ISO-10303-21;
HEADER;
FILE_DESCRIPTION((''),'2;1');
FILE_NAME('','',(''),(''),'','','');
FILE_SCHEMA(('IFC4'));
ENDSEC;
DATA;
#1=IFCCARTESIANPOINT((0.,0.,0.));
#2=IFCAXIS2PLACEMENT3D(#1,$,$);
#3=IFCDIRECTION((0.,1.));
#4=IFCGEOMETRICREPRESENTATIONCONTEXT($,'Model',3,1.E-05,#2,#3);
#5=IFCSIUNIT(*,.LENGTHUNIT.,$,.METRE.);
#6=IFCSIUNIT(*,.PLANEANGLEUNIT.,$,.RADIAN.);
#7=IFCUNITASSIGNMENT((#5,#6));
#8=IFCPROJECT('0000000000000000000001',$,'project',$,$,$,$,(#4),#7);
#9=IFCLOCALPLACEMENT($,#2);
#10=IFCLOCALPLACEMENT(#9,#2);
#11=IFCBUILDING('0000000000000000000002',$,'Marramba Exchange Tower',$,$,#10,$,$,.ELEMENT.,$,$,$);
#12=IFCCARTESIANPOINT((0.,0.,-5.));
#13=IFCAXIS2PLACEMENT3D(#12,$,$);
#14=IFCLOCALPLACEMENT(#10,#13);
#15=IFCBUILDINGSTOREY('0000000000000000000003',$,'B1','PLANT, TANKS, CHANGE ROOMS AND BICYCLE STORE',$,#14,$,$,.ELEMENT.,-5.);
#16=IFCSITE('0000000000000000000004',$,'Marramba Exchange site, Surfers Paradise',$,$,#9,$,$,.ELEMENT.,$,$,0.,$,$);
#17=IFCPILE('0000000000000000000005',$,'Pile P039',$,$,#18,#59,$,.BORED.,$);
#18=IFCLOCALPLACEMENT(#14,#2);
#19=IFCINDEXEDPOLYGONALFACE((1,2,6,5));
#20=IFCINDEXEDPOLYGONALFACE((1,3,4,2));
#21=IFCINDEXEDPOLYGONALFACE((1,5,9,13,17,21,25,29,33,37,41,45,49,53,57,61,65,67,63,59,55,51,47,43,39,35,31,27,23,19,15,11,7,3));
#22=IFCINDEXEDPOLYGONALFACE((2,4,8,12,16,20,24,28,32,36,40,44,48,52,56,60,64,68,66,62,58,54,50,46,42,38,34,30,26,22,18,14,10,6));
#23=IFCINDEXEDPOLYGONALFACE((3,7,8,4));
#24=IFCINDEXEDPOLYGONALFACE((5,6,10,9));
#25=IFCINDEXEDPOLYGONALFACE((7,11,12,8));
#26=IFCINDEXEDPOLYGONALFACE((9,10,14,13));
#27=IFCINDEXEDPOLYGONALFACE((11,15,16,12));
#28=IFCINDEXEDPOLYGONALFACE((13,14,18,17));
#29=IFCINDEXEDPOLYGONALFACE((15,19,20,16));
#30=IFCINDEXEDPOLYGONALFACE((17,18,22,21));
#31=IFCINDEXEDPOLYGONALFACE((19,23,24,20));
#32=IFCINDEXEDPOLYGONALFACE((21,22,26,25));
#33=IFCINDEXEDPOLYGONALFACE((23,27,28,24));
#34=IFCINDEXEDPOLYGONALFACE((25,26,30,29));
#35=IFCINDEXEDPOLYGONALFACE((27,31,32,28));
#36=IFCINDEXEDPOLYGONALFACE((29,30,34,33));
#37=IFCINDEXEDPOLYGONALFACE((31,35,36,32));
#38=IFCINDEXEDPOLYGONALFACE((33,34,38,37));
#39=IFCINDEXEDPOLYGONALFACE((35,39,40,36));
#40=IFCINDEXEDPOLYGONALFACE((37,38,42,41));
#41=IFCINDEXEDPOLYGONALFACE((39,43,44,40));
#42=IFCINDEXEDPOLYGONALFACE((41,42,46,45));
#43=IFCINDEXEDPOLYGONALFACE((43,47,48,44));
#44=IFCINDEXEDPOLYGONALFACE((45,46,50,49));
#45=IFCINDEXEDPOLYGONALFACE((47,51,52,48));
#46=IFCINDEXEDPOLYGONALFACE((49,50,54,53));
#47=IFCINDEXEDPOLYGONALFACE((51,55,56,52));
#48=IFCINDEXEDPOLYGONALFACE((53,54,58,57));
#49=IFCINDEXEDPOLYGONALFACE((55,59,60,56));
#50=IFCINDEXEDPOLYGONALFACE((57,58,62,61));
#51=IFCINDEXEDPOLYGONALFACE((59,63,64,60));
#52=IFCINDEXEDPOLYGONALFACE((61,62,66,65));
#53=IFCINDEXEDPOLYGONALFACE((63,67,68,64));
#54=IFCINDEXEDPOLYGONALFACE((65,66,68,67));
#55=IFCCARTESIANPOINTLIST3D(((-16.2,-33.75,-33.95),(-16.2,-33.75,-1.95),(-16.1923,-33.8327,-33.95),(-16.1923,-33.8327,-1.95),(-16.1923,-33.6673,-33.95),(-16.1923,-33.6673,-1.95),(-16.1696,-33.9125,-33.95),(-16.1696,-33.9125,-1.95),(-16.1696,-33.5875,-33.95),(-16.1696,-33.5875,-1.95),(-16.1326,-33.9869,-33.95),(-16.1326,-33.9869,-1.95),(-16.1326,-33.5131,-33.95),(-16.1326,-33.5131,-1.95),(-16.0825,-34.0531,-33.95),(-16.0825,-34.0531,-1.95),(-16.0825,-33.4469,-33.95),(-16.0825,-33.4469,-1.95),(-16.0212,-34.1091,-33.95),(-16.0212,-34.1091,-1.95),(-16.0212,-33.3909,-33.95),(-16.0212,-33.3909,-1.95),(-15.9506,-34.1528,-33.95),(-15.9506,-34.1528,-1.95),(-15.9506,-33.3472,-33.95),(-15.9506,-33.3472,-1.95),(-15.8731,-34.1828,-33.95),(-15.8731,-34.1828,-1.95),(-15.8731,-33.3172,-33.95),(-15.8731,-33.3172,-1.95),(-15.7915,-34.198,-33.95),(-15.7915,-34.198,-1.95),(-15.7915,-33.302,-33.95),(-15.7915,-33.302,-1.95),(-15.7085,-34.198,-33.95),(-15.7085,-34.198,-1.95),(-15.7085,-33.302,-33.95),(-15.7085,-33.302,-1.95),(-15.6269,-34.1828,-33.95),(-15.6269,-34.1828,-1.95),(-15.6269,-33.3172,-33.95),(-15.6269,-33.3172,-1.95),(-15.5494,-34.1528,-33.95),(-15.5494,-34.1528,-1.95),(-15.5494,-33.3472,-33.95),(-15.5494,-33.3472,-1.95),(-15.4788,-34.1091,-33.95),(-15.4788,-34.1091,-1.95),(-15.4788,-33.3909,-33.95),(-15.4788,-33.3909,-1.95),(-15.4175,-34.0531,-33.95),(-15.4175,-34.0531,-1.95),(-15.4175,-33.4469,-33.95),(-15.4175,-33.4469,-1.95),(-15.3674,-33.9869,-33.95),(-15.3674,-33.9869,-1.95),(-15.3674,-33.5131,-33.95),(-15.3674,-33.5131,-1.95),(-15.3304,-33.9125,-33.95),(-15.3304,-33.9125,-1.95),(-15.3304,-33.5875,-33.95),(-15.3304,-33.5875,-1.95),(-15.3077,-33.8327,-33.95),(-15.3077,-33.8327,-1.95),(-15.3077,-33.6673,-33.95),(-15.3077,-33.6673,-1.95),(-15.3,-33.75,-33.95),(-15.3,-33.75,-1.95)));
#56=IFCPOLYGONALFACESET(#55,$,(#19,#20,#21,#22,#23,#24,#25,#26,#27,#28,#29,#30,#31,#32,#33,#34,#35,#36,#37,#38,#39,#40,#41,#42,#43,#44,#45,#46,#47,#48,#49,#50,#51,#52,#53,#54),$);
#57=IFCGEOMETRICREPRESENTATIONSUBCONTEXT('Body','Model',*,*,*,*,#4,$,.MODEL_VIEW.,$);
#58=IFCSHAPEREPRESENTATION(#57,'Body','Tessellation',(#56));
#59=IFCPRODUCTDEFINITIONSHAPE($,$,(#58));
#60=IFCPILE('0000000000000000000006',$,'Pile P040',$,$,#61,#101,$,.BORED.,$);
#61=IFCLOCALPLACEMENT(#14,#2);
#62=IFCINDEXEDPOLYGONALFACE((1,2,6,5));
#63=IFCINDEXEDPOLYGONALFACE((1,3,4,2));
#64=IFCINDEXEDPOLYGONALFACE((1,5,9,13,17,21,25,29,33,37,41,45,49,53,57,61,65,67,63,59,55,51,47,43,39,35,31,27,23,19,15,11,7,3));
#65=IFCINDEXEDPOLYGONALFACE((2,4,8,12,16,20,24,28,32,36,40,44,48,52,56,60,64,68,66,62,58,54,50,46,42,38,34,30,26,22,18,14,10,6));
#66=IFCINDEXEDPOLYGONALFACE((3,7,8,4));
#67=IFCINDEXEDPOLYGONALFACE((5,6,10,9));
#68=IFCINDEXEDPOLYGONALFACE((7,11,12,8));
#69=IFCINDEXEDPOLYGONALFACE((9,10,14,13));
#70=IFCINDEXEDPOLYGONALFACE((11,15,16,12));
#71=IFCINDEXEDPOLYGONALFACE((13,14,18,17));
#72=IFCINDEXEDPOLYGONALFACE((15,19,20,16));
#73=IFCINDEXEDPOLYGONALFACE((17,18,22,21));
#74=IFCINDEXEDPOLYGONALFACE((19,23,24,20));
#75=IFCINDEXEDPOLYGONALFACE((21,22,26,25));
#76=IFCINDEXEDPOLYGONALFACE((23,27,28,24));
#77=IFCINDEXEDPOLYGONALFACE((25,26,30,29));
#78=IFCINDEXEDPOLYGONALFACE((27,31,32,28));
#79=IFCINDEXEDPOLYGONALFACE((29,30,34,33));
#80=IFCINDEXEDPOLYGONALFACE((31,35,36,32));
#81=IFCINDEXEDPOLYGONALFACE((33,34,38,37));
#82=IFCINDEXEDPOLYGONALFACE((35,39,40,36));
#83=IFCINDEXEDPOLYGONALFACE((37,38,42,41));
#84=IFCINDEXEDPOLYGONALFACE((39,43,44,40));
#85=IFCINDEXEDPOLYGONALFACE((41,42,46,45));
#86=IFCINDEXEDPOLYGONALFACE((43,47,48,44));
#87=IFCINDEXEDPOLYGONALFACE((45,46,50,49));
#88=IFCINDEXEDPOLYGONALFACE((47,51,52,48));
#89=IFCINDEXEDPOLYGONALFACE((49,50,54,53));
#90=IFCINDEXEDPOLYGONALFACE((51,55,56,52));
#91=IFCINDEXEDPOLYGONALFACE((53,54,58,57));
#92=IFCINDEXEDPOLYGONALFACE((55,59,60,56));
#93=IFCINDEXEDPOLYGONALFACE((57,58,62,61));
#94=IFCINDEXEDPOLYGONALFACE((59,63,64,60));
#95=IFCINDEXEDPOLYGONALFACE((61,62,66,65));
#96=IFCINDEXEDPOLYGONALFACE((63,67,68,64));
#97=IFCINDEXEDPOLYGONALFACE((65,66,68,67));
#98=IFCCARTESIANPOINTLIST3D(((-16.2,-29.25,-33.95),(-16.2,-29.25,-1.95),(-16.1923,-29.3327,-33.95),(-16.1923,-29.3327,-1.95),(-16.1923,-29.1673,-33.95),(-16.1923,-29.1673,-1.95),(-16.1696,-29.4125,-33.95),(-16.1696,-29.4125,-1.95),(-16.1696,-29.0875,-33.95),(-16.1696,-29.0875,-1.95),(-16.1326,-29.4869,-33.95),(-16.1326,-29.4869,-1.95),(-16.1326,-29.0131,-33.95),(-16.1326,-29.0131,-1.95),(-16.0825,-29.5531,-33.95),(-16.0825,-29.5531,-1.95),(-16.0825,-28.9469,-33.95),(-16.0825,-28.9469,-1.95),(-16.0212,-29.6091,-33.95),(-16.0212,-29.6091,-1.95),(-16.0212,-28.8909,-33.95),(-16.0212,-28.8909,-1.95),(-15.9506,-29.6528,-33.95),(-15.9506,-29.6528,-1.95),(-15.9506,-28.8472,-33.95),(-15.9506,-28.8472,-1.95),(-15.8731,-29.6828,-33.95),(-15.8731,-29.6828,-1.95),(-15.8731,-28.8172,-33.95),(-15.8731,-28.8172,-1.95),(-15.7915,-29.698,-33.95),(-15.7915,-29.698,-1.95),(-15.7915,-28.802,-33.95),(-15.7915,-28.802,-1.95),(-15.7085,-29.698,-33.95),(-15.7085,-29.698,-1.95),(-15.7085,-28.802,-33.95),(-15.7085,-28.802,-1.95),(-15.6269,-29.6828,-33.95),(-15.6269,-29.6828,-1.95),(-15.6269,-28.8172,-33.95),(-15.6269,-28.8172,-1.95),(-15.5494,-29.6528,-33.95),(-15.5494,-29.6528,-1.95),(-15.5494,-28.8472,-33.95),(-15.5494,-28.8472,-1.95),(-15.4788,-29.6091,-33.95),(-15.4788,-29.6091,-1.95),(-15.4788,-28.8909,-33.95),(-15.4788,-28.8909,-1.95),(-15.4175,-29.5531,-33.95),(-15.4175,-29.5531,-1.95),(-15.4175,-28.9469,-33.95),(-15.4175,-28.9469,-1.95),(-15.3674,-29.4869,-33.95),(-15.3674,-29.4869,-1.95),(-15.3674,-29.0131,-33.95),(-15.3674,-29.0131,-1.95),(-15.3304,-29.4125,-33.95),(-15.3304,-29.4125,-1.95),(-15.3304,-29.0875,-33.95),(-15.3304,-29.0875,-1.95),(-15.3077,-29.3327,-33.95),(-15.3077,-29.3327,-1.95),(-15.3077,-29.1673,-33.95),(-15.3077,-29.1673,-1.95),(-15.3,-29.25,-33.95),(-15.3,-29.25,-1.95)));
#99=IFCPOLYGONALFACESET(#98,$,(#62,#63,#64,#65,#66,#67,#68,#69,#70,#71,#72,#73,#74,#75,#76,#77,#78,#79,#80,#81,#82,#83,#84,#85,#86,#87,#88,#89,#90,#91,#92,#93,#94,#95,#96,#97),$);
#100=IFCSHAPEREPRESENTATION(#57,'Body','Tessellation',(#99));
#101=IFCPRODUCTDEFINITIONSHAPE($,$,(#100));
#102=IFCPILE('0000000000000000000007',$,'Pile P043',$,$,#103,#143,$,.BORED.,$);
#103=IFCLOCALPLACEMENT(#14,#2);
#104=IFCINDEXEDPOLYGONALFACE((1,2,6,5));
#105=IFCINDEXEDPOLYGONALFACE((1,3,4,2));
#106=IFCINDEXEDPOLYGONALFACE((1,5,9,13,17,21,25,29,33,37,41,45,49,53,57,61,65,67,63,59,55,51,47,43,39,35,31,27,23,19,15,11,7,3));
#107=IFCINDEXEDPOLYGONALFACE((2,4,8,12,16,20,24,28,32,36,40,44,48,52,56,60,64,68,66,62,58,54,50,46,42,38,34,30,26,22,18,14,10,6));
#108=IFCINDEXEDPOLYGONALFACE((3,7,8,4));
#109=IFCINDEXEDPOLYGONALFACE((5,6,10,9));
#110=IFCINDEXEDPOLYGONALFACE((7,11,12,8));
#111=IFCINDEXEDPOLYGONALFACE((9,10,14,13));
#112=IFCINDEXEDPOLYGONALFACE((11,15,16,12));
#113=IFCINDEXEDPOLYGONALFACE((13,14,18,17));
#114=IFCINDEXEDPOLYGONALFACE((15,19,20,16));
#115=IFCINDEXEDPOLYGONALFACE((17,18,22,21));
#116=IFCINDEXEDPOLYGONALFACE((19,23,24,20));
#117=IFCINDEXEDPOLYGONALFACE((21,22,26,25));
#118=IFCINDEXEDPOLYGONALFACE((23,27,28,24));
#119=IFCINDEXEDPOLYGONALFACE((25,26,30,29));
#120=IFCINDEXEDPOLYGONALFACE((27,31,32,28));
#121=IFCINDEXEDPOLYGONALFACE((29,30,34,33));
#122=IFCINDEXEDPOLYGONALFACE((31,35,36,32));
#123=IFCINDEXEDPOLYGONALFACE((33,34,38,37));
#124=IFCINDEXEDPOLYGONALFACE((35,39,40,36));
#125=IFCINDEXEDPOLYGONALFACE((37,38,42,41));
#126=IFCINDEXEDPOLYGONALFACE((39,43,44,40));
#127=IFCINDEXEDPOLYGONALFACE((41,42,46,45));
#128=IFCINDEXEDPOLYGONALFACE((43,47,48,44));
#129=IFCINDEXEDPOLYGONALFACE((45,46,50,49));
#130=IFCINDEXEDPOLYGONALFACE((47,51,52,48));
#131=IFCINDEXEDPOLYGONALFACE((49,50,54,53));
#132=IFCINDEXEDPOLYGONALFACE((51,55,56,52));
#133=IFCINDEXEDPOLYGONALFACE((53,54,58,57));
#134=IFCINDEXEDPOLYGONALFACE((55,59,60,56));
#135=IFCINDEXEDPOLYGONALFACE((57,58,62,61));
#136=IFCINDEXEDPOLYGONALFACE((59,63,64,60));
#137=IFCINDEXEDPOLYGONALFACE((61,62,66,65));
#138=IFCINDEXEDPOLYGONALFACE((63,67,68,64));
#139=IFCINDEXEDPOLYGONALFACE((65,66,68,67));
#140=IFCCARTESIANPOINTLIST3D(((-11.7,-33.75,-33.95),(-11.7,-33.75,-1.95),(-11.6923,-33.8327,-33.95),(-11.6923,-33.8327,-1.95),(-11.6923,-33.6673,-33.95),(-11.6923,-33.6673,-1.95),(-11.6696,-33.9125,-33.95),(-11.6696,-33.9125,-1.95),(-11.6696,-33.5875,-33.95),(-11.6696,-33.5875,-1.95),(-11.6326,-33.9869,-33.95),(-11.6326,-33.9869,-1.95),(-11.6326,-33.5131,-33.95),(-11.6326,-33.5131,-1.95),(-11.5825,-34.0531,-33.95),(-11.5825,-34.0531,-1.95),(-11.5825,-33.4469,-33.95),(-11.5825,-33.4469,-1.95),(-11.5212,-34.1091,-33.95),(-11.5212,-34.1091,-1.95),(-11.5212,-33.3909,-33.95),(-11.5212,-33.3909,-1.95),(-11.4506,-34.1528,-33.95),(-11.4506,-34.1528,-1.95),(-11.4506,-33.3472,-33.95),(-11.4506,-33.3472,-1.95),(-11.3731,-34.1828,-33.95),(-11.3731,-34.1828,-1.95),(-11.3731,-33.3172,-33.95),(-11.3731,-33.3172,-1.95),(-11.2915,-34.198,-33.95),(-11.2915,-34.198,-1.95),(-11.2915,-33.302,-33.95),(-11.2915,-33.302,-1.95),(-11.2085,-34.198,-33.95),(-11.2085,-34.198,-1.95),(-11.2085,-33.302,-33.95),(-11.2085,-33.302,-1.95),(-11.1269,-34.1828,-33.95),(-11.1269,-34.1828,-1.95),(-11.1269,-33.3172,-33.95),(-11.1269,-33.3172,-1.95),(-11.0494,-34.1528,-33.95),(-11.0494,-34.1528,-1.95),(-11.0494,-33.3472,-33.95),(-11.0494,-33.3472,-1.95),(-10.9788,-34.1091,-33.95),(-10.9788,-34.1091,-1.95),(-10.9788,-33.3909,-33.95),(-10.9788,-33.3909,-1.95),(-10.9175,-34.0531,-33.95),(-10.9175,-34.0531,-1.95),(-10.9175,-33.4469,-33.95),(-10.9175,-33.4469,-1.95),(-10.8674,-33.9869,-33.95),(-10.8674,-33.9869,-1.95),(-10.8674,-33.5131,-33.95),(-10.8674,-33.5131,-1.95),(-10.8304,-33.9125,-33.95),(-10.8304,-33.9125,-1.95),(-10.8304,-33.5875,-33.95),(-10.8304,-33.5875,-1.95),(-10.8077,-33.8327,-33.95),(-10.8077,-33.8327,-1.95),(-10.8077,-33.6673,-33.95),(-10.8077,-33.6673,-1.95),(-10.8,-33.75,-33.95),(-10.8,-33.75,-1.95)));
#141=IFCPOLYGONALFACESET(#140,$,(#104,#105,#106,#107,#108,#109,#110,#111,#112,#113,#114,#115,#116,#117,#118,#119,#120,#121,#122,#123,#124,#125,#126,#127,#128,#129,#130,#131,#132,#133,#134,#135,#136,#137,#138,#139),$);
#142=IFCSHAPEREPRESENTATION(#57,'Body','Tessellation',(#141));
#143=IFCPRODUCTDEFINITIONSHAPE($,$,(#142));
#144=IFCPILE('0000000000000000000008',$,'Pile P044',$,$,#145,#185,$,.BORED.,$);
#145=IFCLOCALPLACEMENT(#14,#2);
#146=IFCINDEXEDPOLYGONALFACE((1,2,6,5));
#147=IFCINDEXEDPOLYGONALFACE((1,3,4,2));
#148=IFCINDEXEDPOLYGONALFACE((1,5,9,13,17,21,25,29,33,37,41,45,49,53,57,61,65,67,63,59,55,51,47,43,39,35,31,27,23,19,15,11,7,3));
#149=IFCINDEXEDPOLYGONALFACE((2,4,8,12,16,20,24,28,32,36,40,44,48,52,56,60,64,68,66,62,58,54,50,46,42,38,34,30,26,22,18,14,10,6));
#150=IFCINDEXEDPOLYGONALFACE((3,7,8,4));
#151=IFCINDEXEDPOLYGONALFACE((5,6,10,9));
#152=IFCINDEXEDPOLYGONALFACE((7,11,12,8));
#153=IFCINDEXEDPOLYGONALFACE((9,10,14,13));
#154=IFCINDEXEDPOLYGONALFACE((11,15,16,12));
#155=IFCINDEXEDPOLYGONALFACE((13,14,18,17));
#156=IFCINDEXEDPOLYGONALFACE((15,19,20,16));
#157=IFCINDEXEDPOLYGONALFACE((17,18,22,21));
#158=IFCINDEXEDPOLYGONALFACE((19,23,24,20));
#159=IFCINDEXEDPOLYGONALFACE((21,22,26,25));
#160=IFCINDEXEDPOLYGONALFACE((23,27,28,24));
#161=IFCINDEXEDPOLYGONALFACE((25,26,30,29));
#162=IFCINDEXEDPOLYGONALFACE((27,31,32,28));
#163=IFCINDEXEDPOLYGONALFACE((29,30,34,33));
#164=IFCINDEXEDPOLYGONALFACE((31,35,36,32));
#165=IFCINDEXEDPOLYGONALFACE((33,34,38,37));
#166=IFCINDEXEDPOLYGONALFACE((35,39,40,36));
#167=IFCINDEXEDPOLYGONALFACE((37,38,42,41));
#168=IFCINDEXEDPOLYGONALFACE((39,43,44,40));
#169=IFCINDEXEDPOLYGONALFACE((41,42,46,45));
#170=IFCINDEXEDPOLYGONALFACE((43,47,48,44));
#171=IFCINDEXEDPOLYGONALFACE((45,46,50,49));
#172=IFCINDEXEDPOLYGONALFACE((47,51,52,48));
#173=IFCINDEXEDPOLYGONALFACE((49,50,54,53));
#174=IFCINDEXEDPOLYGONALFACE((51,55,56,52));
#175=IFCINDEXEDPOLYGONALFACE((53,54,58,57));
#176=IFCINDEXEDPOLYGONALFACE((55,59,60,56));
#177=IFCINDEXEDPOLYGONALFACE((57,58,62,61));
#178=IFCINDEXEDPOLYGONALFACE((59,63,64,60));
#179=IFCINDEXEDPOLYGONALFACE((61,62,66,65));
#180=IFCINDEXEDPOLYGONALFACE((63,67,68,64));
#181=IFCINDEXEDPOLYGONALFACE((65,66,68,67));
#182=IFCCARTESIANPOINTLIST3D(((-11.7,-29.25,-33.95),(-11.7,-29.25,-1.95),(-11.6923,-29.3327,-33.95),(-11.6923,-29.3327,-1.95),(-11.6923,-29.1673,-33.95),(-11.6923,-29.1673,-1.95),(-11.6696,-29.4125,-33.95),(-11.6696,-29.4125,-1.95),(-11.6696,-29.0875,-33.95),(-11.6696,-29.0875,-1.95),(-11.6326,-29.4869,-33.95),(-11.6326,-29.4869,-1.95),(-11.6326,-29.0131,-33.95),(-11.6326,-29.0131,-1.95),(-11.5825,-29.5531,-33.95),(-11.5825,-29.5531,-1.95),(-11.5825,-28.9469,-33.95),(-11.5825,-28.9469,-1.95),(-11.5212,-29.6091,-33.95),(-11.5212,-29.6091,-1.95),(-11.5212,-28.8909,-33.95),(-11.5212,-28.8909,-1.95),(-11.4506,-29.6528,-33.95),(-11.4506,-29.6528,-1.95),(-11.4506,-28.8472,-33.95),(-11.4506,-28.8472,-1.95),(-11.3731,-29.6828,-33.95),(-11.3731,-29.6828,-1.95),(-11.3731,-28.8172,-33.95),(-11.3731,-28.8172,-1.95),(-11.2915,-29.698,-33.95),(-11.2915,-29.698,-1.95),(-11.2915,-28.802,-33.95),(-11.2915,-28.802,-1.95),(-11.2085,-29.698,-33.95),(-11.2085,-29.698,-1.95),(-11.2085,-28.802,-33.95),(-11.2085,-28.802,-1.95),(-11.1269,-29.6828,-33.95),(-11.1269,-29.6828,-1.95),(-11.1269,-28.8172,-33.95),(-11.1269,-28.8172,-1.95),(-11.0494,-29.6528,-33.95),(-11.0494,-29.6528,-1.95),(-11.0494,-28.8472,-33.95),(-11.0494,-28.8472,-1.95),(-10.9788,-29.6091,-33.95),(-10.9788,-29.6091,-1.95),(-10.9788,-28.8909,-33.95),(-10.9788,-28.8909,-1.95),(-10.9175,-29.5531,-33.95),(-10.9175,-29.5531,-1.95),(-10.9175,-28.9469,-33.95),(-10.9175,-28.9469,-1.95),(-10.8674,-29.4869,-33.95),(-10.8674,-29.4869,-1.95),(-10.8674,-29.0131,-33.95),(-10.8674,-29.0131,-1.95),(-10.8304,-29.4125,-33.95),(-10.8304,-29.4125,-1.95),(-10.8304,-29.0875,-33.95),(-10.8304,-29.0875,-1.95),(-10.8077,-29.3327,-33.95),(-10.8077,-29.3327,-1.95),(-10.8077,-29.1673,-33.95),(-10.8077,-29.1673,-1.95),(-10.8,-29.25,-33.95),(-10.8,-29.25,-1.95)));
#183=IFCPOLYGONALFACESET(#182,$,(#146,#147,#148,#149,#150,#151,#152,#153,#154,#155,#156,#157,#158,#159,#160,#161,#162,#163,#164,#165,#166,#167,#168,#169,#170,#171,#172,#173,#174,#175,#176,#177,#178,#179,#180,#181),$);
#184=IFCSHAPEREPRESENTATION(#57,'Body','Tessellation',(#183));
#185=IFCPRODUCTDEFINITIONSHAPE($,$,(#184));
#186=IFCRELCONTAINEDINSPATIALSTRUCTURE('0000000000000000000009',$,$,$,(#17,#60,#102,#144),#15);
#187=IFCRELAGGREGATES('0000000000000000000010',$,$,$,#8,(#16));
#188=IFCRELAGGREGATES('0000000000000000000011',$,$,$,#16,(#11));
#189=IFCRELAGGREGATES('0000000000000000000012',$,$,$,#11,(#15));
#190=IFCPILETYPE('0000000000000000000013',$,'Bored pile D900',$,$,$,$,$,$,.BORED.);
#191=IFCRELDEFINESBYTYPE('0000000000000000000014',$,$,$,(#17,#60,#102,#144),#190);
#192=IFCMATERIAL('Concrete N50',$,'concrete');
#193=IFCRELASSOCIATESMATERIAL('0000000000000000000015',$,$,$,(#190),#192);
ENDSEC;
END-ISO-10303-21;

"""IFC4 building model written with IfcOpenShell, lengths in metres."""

from ifc_helpers import new_model, si_unit, direction, frame, origin, origin_2d, place, context, subcontext, project, spatial, circle, extrude, material, material_profile, profile_set, type_object, element, save


model = new_model("IFC4")

# Units and contexts
model_context = context("Model", 3, precision=1e-05, world=origin(), true_north=direction((0.0, 1.0)))
body_context = subcontext(model_context, "Body", "Model", "MODEL_VIEW")
ifc_project = project(units=[si_unit("LENGTHUNIT", "METRE"), si_unit("PLANEANGLEUNIT", "RADIAN")], contexts=[model_context])

# Site, building, storey
site_placement = place(None, origin())
site = spatial("IfcSite", under=ifc_project, at=site_placement, Name="Marramba Exchange site, Surfers Paradise", CompositionType="ELEMENT", RefElevation=0.0)
building_placement = place(site_placement, origin())
building = spatial("IfcBuilding", under=site, at=building_placement, Name="Marramba Exchange Tower", CompositionType="ELEMENT")
storey_placement = place(building_placement, frame((0.0, 0.0, -5.0)))
storey = spatial("IfcBuildingStorey", under=building, at=storey_placement, Name="B1", Description="PLANT, TANKS, CHANGE ROOMS AND BICYCLE STORE", CompositionType="ELEMENT", Elevation=-5.0)

# Piles
ifc_material_1 = material(Name="Concrete N50", Category="concrete")
ifc_material_profile_1 = material_profile(ifc_material_1, circle(Radius=0.45, at=origin_2d()), Name="BP D900")
ifc_profile_set_1 = profile_set([ifc_material_profile_1], Name="Concrete N50")
pile_type_1 = type_object("IfcPileType", Name="Bored pile D900", PredefinedType="BORED", material=ifc_profile_set_1)
for number, where, z_axis, x_axis, name in (
    (1, (-15.75, -33.75, -1.95), (0.0, 0.0, -1.0), (1.0, 0.0, 0.0), "Pile P039"),
    (2, (-15.75, -29.25, -1.95), (0.0, 0.0, -1.0), (1.0, 0.0, 0.0), "Pile P040"),
    (3, (-11.25, -33.75, -1.95), (0.0, 0.0, -1.0), (1.0, 0.0, 0.0), "Pile P043"),
    (4, (-11.25, -29.25, -1.95), (0.0, 0.0, -1.0), (1.0, 0.0, 0.0), "Pile P044"),
):
    element("IfcPile", number, at=place(storey_placement, frame(where, z_axis=z_axis, x_axis=x_axis)), inside=storey, type_object=pile_type_1, Name=name, PredefinedType="BORED", context=body_context, shape_type="SweptSolid", body=[
        extrude(circle(Radius=0.45, at=origin_2d()), origin(), (0.0, 0.0, 1.0), 32.0),
    ])

save(model, "model.ifc")
